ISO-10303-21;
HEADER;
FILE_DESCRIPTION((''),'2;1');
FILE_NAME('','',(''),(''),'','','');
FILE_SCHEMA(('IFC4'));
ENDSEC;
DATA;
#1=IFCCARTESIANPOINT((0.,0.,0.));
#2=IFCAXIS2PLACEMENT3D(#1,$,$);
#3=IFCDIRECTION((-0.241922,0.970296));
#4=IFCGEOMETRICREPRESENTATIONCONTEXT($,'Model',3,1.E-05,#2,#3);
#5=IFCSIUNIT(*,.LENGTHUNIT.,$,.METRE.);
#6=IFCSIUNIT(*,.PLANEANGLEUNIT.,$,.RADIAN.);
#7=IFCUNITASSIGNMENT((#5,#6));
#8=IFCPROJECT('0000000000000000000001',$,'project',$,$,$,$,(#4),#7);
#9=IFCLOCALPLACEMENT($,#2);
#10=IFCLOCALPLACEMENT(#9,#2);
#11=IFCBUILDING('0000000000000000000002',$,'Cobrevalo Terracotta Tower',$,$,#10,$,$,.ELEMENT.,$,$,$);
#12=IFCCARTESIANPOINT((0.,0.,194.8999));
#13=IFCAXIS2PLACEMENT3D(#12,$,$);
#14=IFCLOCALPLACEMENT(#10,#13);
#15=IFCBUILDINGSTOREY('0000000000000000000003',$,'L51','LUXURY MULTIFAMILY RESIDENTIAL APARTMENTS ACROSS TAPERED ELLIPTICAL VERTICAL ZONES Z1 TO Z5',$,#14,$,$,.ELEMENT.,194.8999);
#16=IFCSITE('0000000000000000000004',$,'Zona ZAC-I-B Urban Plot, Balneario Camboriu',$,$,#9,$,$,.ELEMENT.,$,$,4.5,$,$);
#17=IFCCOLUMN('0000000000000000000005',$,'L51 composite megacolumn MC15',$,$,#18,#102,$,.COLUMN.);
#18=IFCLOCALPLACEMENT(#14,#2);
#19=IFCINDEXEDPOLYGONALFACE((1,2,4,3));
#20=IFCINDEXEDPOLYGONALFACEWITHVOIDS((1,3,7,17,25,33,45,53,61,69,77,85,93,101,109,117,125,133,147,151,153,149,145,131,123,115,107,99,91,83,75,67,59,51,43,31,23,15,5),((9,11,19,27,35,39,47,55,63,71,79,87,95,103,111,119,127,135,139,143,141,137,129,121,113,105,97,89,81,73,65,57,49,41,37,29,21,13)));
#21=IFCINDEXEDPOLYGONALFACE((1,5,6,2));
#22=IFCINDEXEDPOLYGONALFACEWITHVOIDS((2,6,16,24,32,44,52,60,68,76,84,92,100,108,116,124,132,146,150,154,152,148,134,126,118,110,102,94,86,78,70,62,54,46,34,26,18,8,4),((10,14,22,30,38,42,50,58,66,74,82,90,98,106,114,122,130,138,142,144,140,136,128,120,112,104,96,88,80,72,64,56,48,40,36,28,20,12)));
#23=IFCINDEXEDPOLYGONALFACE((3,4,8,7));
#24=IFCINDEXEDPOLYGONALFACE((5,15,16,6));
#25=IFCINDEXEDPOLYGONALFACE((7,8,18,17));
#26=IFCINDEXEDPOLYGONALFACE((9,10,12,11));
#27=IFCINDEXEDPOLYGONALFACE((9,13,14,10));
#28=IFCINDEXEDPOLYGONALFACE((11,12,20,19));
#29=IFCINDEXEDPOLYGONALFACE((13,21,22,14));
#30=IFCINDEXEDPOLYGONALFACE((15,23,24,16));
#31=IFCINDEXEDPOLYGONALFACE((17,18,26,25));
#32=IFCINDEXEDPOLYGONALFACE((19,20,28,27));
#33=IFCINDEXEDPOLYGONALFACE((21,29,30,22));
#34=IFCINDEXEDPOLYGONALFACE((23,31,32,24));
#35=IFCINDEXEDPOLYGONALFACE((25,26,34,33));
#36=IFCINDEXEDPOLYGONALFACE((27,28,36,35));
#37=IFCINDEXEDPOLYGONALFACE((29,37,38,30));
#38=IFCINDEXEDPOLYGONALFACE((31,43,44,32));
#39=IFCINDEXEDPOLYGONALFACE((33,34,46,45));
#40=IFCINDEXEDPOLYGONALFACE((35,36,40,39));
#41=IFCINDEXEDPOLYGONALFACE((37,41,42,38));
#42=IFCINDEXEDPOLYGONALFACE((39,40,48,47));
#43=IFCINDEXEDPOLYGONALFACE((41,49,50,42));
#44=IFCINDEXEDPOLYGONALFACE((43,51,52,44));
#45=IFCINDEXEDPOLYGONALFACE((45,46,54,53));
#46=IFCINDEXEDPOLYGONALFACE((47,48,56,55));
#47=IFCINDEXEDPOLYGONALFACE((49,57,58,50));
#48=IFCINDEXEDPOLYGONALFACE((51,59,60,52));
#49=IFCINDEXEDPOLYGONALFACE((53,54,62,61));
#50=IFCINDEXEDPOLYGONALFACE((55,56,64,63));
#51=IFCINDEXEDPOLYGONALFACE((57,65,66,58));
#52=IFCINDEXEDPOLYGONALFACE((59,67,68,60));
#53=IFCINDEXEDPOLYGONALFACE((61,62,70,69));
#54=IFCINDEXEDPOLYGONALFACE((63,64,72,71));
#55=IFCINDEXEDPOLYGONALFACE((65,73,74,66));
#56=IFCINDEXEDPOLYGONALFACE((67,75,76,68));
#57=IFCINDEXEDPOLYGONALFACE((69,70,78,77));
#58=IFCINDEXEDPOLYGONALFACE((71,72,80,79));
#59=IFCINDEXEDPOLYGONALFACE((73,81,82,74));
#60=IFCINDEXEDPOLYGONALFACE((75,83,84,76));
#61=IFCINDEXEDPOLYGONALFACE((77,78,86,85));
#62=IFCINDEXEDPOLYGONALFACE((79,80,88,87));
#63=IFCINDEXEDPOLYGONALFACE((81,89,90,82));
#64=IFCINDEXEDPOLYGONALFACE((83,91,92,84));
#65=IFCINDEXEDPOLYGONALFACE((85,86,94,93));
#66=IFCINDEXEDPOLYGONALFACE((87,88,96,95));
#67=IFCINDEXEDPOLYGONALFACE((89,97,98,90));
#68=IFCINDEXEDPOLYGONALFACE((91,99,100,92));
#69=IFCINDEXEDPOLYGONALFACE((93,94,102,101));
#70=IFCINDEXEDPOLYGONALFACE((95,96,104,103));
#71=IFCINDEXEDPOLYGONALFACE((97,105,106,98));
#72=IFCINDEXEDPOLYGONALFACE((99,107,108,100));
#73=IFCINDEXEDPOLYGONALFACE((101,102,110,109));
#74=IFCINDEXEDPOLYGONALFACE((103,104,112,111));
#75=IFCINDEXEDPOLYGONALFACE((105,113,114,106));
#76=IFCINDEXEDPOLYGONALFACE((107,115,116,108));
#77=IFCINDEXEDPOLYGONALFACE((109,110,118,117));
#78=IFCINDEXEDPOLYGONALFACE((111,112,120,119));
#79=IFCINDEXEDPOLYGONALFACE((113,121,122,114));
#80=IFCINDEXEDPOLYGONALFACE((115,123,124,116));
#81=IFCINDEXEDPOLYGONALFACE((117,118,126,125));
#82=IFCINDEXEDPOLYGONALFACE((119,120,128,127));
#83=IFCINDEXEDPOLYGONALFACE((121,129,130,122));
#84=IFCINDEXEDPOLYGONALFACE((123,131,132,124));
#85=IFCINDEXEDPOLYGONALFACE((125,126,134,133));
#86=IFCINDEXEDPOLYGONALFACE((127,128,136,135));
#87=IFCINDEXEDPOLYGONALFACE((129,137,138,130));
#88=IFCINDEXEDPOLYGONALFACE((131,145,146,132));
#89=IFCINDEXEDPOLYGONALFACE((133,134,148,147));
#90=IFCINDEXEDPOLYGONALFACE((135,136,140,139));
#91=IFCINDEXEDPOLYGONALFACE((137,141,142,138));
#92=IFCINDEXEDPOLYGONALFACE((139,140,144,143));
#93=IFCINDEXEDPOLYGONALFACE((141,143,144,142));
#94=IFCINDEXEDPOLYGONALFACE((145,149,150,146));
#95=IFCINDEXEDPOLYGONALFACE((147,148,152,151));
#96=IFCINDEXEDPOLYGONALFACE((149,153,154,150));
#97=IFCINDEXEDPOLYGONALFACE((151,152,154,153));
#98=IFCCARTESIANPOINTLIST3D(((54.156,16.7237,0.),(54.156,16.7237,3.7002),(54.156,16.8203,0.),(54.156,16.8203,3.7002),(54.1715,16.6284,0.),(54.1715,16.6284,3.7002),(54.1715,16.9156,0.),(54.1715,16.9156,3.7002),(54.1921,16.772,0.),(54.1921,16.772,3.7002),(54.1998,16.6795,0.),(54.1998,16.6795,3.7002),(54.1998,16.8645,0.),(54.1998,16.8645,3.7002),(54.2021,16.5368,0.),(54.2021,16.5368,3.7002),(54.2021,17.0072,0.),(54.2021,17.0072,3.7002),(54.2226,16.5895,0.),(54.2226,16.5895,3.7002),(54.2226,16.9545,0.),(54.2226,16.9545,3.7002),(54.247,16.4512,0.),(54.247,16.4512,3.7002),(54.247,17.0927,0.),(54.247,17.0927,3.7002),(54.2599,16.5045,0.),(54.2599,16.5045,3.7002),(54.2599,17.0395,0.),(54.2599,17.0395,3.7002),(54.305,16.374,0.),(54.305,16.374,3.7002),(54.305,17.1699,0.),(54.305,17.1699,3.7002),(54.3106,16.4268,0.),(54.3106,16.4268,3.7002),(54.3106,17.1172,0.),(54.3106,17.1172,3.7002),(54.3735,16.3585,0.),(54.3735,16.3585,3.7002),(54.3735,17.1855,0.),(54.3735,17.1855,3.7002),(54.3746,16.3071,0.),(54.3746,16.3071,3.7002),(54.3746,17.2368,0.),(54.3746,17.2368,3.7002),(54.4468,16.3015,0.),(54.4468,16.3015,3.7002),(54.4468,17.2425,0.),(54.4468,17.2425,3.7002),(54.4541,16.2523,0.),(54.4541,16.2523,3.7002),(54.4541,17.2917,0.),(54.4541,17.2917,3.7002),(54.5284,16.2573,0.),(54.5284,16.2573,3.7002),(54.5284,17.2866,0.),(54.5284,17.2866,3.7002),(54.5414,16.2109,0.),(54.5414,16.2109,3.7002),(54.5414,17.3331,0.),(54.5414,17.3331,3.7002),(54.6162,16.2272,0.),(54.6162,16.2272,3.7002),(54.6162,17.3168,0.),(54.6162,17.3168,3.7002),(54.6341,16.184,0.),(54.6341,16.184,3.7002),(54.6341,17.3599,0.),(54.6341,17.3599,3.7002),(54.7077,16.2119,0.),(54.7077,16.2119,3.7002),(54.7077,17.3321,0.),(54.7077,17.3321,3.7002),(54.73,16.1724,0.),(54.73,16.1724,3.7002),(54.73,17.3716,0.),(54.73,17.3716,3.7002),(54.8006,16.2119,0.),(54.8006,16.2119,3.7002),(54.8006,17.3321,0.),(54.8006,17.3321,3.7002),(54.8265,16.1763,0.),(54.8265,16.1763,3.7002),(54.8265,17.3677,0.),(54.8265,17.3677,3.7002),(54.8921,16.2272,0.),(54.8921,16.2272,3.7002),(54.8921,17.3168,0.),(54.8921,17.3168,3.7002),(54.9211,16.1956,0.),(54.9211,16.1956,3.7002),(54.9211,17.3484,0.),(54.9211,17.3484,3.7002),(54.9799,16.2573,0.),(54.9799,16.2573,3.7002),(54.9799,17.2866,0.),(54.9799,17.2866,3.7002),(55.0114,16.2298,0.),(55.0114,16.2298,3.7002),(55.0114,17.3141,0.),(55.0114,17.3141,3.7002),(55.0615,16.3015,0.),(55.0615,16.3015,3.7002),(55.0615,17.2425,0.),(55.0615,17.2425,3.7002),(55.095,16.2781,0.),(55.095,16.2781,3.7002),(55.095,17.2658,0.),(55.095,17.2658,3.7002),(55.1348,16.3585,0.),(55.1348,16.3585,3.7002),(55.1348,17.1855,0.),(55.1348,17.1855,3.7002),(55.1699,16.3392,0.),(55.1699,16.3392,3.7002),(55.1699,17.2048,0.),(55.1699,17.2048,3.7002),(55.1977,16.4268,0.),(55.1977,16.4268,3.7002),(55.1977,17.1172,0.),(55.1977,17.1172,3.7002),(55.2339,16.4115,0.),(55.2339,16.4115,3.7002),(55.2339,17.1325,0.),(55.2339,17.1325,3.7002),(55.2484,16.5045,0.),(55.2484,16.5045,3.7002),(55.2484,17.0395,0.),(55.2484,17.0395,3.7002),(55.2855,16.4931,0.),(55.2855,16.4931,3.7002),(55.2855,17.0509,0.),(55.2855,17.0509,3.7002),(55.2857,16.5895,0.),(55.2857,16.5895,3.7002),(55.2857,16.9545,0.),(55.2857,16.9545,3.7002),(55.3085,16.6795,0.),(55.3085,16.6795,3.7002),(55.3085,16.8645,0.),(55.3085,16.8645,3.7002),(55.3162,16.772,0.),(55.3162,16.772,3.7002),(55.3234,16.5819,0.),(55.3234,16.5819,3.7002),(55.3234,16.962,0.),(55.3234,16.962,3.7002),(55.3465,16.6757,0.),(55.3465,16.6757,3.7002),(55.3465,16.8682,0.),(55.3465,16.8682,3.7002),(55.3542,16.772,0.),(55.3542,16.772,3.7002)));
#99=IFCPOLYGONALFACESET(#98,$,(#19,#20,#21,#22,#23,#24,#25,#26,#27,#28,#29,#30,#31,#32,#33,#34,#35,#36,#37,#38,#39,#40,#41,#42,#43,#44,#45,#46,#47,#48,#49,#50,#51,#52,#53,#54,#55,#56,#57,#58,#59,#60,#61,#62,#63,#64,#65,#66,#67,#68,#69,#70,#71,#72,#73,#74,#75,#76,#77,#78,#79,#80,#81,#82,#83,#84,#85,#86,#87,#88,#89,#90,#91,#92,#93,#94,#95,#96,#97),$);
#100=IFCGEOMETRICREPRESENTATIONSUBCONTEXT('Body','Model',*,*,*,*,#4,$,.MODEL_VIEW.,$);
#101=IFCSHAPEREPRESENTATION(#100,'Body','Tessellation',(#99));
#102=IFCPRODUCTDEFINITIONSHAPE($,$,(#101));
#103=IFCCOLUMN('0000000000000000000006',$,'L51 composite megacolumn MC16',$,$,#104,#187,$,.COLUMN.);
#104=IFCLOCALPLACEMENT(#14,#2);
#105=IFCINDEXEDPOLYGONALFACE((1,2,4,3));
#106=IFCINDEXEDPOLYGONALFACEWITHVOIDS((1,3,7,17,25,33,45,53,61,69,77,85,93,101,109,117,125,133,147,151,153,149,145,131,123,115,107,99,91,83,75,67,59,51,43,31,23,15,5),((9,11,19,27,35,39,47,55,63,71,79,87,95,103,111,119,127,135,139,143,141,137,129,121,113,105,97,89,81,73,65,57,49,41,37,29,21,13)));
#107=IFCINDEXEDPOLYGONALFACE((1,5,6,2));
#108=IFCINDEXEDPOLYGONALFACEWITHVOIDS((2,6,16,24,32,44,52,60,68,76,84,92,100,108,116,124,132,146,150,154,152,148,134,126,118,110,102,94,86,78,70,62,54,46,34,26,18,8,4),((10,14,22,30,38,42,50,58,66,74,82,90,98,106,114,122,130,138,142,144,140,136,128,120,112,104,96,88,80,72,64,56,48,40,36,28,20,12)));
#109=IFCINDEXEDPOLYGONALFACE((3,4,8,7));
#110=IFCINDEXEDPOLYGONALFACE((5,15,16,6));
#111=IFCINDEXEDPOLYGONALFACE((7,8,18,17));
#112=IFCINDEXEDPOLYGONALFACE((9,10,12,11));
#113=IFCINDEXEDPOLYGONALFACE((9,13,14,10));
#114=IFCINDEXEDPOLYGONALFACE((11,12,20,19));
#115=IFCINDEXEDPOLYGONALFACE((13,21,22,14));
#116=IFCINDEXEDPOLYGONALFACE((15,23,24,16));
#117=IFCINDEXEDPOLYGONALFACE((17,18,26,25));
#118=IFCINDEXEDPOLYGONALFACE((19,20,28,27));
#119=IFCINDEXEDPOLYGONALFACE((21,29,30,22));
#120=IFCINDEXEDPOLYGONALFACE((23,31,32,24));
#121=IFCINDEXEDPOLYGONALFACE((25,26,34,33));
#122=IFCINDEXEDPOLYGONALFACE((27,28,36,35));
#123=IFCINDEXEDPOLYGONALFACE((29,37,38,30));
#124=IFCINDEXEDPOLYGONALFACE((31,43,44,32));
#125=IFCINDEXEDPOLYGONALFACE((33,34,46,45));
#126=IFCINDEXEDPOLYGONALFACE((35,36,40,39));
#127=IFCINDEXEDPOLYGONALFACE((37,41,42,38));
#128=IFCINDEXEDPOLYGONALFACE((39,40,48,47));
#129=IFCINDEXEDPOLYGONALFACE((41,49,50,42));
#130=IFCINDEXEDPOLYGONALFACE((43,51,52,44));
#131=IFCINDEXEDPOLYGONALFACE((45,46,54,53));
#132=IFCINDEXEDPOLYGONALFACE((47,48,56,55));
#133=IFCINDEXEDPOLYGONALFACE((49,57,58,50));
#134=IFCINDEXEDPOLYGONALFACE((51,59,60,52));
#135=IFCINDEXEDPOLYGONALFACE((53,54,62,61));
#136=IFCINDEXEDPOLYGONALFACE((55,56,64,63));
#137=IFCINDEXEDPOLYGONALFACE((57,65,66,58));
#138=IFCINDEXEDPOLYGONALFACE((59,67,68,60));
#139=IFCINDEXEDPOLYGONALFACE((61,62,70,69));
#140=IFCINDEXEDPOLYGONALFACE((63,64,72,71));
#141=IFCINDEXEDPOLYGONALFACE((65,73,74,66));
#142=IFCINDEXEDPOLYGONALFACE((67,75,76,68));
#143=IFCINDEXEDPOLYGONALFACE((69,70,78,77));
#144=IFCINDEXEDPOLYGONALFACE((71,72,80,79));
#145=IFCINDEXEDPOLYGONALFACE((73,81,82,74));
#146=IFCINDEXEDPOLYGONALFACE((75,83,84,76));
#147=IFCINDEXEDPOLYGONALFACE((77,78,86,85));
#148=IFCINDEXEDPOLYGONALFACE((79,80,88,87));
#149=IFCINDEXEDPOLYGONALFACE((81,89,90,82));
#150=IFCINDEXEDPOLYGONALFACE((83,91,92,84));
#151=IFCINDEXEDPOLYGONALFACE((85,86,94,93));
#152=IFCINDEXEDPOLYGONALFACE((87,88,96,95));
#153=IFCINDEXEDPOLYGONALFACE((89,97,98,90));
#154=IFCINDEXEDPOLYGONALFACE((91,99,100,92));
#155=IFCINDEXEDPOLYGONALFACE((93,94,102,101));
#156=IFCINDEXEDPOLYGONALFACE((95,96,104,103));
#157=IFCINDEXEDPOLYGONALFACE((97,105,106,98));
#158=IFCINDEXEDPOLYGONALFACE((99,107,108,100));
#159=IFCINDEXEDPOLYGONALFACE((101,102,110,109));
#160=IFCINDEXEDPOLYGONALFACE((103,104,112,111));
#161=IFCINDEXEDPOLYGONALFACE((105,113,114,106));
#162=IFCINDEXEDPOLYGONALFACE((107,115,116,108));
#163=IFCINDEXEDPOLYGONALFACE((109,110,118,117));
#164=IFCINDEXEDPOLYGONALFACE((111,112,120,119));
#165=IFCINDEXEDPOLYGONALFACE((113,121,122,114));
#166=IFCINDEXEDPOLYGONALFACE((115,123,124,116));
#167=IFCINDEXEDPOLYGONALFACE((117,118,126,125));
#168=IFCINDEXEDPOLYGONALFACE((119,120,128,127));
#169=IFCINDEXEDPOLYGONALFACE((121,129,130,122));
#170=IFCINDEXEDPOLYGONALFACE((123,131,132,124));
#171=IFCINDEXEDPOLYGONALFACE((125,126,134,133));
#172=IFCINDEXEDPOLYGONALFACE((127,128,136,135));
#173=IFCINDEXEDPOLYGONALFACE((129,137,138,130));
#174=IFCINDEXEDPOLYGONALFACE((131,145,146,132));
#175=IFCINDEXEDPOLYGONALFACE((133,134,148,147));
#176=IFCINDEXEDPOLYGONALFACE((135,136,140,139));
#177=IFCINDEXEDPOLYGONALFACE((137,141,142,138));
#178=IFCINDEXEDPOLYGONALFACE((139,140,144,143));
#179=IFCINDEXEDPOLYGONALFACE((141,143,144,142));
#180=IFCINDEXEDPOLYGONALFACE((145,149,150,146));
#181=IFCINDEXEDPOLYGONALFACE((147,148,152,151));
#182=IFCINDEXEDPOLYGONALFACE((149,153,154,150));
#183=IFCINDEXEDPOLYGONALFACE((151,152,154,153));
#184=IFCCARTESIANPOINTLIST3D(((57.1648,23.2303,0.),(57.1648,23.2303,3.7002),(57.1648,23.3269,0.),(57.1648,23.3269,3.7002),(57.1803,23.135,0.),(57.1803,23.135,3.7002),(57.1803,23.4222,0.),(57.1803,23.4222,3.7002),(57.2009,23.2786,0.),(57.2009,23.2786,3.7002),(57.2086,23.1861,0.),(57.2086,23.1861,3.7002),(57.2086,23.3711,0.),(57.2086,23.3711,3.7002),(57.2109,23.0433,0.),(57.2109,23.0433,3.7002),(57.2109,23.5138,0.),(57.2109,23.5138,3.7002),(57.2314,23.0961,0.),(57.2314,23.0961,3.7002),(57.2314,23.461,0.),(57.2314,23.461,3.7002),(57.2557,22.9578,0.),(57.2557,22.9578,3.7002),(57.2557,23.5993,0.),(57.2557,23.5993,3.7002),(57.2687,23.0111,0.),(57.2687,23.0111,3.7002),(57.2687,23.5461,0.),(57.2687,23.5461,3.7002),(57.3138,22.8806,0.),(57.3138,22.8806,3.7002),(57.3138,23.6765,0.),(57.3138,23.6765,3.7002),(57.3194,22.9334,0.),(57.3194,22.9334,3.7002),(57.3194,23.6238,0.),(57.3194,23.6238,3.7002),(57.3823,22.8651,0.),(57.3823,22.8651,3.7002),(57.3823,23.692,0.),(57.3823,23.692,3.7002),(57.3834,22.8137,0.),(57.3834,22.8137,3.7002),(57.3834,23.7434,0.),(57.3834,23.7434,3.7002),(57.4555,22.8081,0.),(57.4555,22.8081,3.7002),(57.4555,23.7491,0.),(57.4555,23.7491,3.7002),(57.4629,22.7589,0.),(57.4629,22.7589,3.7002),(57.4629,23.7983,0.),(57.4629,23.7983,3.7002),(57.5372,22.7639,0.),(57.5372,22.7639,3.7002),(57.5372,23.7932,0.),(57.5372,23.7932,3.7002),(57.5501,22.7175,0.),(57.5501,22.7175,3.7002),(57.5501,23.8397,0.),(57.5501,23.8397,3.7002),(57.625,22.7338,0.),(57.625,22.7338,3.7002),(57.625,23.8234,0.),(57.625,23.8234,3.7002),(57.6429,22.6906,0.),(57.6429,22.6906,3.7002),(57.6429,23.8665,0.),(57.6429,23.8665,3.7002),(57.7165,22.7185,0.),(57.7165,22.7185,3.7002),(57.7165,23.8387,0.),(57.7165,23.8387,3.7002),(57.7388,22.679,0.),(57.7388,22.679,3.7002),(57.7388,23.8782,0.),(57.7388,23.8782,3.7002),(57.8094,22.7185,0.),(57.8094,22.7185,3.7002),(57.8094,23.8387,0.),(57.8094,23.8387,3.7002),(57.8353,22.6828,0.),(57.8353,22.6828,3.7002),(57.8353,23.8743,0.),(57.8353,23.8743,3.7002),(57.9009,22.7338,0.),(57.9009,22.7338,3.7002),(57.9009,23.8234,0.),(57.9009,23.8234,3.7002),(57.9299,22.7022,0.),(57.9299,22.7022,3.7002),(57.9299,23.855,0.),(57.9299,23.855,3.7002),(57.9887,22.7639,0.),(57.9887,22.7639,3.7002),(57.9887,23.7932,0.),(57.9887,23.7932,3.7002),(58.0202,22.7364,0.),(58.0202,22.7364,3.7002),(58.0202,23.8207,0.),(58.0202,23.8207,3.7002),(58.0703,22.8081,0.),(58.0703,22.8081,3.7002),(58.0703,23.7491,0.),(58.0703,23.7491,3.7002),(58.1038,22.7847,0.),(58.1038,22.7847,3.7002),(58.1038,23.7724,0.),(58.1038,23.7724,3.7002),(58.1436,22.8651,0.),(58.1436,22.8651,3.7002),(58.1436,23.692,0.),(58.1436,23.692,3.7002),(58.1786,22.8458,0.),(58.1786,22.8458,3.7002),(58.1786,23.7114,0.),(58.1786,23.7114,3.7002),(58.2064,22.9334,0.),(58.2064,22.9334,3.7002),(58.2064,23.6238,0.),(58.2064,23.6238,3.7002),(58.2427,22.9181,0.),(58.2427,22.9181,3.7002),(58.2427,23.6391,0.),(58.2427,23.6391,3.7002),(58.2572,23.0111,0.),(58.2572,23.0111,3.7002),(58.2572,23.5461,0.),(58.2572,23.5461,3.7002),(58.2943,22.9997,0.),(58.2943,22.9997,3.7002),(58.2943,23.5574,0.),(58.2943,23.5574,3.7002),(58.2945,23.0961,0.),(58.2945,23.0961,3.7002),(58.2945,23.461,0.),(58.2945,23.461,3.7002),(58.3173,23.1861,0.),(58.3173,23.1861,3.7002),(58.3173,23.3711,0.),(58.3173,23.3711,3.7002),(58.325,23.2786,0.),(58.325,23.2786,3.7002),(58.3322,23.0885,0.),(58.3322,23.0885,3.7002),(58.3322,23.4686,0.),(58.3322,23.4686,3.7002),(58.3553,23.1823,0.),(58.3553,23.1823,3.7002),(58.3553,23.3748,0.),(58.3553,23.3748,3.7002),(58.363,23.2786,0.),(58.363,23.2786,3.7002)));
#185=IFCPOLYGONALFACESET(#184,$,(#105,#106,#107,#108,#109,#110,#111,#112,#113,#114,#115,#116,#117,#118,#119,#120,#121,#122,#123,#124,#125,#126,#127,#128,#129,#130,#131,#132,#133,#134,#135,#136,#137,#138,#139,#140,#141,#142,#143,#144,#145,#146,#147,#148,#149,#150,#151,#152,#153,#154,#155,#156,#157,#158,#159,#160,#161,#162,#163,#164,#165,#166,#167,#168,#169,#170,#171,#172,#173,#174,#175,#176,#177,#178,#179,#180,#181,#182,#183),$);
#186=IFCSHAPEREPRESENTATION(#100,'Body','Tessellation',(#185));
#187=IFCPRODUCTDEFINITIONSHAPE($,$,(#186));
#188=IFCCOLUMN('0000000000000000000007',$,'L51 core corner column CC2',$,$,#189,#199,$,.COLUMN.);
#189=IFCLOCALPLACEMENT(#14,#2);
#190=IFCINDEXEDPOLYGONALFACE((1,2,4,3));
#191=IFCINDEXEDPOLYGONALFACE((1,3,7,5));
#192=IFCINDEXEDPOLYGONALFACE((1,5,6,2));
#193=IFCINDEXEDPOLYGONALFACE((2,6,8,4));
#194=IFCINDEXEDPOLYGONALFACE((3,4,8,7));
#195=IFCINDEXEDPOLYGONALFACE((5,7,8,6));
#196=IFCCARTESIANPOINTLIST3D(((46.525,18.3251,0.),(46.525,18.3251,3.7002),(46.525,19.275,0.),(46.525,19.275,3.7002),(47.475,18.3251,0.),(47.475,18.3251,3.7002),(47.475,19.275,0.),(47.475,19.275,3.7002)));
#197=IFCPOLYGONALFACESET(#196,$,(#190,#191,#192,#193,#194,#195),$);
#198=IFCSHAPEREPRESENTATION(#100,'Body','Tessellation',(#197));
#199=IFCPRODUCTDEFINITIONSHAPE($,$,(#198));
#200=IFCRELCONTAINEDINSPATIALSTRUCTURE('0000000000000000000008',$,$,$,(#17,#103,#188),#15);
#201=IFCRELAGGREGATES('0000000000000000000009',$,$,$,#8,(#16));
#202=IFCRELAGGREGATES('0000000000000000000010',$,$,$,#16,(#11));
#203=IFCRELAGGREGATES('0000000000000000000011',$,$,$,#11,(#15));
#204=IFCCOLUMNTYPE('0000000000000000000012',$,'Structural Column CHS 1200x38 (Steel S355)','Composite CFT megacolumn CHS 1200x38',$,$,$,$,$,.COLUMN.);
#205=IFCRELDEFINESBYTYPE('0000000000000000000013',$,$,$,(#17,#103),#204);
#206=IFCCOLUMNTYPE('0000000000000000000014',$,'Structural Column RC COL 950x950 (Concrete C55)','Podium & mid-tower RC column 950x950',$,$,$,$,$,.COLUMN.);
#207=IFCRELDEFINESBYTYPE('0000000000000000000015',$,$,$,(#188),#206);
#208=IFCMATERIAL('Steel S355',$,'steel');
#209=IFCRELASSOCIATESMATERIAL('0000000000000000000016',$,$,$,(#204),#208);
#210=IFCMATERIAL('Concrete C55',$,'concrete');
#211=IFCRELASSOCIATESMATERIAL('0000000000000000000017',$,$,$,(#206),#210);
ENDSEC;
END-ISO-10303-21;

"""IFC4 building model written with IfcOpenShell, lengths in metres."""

from ifc_helpers import new_model, si_unit, direction, frame, origin, origin_2d, place, context, subcontext, project, spatial, rectangle, hollow_circle, extrude, material, material_profile, profile_set, type_object, element, save


model = new_model("IFC4")

# Units and contexts
model_context = context("Model", 3, precision=1e-05, world=origin(), true_north=direction((-0.241922, 0.970296)))
body_context = subcontext(model_context, "Body", "Model", "MODEL_VIEW")
ifc_project = project(units=[si_unit("LENGTHUNIT", "METRE"), si_unit("PLANEANGLEUNIT", "RADIAN")], contexts=[model_context])

# Site, building, storey
site_placement = place(None, origin())
site = spatial("IfcSite", under=ifc_project, at=site_placement, Name="Zona ZAC-I-B Urban Plot, Balneario Camboriu", CompositionType="ELEMENT", RefElevation=4.5)
building_placement = place(site_placement, origin())
building = spatial("IfcBuilding", under=site, at=building_placement, Name="Cobrevalo Terracotta Tower", CompositionType="ELEMENT")
storey_placement = place(building_placement, frame((0.0, 0.0, 194.8999)))
storey = spatial("IfcBuildingStorey", under=building, at=storey_placement, Name="L51", Description="LUXURY MULTIFAMILY RESIDENTIAL APARTMENTS ACROSS TAPERED ELLIPTICAL VERTICAL ZONES Z1 TO Z5", CompositionType="ELEMENT", Elevation=194.8999)

# Columns
ifc_material_1 = material(Name="Steel S355", Category="steel")
ifc_material_profile_1 = material_profile(ifc_material_1, hollow_circle(Radius=0.6001, WallThickness=0.0381, at=origin_2d()), Name="CHS 1200x38")
ifc_profile_set_1 = profile_set([ifc_material_profile_1], Name="Steel S355")
column_type_1 = type_object("IfcColumnType", Name="Structural Column CHS 1200x38 (Steel S355)", Description="Composite CFT megacolumn CHS 1200x38", PredefinedType="COLUMN", material=ifc_profile_set_1)
for number, where, z_axis, x_axis, name in (
    (1, (54.7542, 16.772, 0.0), (0.0, 0.0, 1.0), (1.0, 0.0, 0.0), "L51 composite megacolumn MC15"),
    (2, (57.7629, 23.2786, 0.0), (0.0, 0.0, 1.0), (1.0, 0.0, 0.0), "L51 composite megacolumn MC16"),
):
    element("IfcColumn", number, at=place(storey_placement, frame(where, z_axis=z_axis, x_axis=x_axis)), inside=storey, type_object=column_type_1, Name=name, PredefinedType="COLUMN", context=body_context, shape_type="SweptSolid", body=[
        extrude(hollow_circle(Radius=0.6001, WallThickness=0.0381, at=origin_2d()), origin(), (0.0, 0.0, 1.0), 3.7002),
    ])
ifc_material_2 = material(Name="Concrete C55", Category="concrete")
ifc_material_profile_2 = material_profile(ifc_material_2, rectangle(XDim=0.95, YDim=0.95, at=origin_2d()), Name="RC COL 950x950")
ifc_profile_set_2 = profile_set([ifc_material_profile_2], Name="Concrete C55")
column_type_2 = type_object("IfcColumnType", Name="Structural Column RC COL 950x950 (Concrete C55)", Description="Podium & mid-tower RC column 950x950", PredefinedType="COLUMN", material=ifc_profile_set_2)
column_placement = place(storey_placement, frame((47.0, 18.8, 0.0), z_axis=(0.0, 0.0, 1.0), x_axis=(1.0, 0.0, 0.0)))
element("IfcColumn", 3, at=column_placement, inside=storey, type_object=column_type_2, Name="L51 core corner column CC2", PredefinedType="COLUMN", context=body_context, shape_type="SweptSolid", body=[
    extrude(rectangle(XDim=0.95, YDim=0.95, at=origin_2d()), origin(), (0.0, 0.0, 1.0), 3.7002),
])

save(model, "model.ifc")
